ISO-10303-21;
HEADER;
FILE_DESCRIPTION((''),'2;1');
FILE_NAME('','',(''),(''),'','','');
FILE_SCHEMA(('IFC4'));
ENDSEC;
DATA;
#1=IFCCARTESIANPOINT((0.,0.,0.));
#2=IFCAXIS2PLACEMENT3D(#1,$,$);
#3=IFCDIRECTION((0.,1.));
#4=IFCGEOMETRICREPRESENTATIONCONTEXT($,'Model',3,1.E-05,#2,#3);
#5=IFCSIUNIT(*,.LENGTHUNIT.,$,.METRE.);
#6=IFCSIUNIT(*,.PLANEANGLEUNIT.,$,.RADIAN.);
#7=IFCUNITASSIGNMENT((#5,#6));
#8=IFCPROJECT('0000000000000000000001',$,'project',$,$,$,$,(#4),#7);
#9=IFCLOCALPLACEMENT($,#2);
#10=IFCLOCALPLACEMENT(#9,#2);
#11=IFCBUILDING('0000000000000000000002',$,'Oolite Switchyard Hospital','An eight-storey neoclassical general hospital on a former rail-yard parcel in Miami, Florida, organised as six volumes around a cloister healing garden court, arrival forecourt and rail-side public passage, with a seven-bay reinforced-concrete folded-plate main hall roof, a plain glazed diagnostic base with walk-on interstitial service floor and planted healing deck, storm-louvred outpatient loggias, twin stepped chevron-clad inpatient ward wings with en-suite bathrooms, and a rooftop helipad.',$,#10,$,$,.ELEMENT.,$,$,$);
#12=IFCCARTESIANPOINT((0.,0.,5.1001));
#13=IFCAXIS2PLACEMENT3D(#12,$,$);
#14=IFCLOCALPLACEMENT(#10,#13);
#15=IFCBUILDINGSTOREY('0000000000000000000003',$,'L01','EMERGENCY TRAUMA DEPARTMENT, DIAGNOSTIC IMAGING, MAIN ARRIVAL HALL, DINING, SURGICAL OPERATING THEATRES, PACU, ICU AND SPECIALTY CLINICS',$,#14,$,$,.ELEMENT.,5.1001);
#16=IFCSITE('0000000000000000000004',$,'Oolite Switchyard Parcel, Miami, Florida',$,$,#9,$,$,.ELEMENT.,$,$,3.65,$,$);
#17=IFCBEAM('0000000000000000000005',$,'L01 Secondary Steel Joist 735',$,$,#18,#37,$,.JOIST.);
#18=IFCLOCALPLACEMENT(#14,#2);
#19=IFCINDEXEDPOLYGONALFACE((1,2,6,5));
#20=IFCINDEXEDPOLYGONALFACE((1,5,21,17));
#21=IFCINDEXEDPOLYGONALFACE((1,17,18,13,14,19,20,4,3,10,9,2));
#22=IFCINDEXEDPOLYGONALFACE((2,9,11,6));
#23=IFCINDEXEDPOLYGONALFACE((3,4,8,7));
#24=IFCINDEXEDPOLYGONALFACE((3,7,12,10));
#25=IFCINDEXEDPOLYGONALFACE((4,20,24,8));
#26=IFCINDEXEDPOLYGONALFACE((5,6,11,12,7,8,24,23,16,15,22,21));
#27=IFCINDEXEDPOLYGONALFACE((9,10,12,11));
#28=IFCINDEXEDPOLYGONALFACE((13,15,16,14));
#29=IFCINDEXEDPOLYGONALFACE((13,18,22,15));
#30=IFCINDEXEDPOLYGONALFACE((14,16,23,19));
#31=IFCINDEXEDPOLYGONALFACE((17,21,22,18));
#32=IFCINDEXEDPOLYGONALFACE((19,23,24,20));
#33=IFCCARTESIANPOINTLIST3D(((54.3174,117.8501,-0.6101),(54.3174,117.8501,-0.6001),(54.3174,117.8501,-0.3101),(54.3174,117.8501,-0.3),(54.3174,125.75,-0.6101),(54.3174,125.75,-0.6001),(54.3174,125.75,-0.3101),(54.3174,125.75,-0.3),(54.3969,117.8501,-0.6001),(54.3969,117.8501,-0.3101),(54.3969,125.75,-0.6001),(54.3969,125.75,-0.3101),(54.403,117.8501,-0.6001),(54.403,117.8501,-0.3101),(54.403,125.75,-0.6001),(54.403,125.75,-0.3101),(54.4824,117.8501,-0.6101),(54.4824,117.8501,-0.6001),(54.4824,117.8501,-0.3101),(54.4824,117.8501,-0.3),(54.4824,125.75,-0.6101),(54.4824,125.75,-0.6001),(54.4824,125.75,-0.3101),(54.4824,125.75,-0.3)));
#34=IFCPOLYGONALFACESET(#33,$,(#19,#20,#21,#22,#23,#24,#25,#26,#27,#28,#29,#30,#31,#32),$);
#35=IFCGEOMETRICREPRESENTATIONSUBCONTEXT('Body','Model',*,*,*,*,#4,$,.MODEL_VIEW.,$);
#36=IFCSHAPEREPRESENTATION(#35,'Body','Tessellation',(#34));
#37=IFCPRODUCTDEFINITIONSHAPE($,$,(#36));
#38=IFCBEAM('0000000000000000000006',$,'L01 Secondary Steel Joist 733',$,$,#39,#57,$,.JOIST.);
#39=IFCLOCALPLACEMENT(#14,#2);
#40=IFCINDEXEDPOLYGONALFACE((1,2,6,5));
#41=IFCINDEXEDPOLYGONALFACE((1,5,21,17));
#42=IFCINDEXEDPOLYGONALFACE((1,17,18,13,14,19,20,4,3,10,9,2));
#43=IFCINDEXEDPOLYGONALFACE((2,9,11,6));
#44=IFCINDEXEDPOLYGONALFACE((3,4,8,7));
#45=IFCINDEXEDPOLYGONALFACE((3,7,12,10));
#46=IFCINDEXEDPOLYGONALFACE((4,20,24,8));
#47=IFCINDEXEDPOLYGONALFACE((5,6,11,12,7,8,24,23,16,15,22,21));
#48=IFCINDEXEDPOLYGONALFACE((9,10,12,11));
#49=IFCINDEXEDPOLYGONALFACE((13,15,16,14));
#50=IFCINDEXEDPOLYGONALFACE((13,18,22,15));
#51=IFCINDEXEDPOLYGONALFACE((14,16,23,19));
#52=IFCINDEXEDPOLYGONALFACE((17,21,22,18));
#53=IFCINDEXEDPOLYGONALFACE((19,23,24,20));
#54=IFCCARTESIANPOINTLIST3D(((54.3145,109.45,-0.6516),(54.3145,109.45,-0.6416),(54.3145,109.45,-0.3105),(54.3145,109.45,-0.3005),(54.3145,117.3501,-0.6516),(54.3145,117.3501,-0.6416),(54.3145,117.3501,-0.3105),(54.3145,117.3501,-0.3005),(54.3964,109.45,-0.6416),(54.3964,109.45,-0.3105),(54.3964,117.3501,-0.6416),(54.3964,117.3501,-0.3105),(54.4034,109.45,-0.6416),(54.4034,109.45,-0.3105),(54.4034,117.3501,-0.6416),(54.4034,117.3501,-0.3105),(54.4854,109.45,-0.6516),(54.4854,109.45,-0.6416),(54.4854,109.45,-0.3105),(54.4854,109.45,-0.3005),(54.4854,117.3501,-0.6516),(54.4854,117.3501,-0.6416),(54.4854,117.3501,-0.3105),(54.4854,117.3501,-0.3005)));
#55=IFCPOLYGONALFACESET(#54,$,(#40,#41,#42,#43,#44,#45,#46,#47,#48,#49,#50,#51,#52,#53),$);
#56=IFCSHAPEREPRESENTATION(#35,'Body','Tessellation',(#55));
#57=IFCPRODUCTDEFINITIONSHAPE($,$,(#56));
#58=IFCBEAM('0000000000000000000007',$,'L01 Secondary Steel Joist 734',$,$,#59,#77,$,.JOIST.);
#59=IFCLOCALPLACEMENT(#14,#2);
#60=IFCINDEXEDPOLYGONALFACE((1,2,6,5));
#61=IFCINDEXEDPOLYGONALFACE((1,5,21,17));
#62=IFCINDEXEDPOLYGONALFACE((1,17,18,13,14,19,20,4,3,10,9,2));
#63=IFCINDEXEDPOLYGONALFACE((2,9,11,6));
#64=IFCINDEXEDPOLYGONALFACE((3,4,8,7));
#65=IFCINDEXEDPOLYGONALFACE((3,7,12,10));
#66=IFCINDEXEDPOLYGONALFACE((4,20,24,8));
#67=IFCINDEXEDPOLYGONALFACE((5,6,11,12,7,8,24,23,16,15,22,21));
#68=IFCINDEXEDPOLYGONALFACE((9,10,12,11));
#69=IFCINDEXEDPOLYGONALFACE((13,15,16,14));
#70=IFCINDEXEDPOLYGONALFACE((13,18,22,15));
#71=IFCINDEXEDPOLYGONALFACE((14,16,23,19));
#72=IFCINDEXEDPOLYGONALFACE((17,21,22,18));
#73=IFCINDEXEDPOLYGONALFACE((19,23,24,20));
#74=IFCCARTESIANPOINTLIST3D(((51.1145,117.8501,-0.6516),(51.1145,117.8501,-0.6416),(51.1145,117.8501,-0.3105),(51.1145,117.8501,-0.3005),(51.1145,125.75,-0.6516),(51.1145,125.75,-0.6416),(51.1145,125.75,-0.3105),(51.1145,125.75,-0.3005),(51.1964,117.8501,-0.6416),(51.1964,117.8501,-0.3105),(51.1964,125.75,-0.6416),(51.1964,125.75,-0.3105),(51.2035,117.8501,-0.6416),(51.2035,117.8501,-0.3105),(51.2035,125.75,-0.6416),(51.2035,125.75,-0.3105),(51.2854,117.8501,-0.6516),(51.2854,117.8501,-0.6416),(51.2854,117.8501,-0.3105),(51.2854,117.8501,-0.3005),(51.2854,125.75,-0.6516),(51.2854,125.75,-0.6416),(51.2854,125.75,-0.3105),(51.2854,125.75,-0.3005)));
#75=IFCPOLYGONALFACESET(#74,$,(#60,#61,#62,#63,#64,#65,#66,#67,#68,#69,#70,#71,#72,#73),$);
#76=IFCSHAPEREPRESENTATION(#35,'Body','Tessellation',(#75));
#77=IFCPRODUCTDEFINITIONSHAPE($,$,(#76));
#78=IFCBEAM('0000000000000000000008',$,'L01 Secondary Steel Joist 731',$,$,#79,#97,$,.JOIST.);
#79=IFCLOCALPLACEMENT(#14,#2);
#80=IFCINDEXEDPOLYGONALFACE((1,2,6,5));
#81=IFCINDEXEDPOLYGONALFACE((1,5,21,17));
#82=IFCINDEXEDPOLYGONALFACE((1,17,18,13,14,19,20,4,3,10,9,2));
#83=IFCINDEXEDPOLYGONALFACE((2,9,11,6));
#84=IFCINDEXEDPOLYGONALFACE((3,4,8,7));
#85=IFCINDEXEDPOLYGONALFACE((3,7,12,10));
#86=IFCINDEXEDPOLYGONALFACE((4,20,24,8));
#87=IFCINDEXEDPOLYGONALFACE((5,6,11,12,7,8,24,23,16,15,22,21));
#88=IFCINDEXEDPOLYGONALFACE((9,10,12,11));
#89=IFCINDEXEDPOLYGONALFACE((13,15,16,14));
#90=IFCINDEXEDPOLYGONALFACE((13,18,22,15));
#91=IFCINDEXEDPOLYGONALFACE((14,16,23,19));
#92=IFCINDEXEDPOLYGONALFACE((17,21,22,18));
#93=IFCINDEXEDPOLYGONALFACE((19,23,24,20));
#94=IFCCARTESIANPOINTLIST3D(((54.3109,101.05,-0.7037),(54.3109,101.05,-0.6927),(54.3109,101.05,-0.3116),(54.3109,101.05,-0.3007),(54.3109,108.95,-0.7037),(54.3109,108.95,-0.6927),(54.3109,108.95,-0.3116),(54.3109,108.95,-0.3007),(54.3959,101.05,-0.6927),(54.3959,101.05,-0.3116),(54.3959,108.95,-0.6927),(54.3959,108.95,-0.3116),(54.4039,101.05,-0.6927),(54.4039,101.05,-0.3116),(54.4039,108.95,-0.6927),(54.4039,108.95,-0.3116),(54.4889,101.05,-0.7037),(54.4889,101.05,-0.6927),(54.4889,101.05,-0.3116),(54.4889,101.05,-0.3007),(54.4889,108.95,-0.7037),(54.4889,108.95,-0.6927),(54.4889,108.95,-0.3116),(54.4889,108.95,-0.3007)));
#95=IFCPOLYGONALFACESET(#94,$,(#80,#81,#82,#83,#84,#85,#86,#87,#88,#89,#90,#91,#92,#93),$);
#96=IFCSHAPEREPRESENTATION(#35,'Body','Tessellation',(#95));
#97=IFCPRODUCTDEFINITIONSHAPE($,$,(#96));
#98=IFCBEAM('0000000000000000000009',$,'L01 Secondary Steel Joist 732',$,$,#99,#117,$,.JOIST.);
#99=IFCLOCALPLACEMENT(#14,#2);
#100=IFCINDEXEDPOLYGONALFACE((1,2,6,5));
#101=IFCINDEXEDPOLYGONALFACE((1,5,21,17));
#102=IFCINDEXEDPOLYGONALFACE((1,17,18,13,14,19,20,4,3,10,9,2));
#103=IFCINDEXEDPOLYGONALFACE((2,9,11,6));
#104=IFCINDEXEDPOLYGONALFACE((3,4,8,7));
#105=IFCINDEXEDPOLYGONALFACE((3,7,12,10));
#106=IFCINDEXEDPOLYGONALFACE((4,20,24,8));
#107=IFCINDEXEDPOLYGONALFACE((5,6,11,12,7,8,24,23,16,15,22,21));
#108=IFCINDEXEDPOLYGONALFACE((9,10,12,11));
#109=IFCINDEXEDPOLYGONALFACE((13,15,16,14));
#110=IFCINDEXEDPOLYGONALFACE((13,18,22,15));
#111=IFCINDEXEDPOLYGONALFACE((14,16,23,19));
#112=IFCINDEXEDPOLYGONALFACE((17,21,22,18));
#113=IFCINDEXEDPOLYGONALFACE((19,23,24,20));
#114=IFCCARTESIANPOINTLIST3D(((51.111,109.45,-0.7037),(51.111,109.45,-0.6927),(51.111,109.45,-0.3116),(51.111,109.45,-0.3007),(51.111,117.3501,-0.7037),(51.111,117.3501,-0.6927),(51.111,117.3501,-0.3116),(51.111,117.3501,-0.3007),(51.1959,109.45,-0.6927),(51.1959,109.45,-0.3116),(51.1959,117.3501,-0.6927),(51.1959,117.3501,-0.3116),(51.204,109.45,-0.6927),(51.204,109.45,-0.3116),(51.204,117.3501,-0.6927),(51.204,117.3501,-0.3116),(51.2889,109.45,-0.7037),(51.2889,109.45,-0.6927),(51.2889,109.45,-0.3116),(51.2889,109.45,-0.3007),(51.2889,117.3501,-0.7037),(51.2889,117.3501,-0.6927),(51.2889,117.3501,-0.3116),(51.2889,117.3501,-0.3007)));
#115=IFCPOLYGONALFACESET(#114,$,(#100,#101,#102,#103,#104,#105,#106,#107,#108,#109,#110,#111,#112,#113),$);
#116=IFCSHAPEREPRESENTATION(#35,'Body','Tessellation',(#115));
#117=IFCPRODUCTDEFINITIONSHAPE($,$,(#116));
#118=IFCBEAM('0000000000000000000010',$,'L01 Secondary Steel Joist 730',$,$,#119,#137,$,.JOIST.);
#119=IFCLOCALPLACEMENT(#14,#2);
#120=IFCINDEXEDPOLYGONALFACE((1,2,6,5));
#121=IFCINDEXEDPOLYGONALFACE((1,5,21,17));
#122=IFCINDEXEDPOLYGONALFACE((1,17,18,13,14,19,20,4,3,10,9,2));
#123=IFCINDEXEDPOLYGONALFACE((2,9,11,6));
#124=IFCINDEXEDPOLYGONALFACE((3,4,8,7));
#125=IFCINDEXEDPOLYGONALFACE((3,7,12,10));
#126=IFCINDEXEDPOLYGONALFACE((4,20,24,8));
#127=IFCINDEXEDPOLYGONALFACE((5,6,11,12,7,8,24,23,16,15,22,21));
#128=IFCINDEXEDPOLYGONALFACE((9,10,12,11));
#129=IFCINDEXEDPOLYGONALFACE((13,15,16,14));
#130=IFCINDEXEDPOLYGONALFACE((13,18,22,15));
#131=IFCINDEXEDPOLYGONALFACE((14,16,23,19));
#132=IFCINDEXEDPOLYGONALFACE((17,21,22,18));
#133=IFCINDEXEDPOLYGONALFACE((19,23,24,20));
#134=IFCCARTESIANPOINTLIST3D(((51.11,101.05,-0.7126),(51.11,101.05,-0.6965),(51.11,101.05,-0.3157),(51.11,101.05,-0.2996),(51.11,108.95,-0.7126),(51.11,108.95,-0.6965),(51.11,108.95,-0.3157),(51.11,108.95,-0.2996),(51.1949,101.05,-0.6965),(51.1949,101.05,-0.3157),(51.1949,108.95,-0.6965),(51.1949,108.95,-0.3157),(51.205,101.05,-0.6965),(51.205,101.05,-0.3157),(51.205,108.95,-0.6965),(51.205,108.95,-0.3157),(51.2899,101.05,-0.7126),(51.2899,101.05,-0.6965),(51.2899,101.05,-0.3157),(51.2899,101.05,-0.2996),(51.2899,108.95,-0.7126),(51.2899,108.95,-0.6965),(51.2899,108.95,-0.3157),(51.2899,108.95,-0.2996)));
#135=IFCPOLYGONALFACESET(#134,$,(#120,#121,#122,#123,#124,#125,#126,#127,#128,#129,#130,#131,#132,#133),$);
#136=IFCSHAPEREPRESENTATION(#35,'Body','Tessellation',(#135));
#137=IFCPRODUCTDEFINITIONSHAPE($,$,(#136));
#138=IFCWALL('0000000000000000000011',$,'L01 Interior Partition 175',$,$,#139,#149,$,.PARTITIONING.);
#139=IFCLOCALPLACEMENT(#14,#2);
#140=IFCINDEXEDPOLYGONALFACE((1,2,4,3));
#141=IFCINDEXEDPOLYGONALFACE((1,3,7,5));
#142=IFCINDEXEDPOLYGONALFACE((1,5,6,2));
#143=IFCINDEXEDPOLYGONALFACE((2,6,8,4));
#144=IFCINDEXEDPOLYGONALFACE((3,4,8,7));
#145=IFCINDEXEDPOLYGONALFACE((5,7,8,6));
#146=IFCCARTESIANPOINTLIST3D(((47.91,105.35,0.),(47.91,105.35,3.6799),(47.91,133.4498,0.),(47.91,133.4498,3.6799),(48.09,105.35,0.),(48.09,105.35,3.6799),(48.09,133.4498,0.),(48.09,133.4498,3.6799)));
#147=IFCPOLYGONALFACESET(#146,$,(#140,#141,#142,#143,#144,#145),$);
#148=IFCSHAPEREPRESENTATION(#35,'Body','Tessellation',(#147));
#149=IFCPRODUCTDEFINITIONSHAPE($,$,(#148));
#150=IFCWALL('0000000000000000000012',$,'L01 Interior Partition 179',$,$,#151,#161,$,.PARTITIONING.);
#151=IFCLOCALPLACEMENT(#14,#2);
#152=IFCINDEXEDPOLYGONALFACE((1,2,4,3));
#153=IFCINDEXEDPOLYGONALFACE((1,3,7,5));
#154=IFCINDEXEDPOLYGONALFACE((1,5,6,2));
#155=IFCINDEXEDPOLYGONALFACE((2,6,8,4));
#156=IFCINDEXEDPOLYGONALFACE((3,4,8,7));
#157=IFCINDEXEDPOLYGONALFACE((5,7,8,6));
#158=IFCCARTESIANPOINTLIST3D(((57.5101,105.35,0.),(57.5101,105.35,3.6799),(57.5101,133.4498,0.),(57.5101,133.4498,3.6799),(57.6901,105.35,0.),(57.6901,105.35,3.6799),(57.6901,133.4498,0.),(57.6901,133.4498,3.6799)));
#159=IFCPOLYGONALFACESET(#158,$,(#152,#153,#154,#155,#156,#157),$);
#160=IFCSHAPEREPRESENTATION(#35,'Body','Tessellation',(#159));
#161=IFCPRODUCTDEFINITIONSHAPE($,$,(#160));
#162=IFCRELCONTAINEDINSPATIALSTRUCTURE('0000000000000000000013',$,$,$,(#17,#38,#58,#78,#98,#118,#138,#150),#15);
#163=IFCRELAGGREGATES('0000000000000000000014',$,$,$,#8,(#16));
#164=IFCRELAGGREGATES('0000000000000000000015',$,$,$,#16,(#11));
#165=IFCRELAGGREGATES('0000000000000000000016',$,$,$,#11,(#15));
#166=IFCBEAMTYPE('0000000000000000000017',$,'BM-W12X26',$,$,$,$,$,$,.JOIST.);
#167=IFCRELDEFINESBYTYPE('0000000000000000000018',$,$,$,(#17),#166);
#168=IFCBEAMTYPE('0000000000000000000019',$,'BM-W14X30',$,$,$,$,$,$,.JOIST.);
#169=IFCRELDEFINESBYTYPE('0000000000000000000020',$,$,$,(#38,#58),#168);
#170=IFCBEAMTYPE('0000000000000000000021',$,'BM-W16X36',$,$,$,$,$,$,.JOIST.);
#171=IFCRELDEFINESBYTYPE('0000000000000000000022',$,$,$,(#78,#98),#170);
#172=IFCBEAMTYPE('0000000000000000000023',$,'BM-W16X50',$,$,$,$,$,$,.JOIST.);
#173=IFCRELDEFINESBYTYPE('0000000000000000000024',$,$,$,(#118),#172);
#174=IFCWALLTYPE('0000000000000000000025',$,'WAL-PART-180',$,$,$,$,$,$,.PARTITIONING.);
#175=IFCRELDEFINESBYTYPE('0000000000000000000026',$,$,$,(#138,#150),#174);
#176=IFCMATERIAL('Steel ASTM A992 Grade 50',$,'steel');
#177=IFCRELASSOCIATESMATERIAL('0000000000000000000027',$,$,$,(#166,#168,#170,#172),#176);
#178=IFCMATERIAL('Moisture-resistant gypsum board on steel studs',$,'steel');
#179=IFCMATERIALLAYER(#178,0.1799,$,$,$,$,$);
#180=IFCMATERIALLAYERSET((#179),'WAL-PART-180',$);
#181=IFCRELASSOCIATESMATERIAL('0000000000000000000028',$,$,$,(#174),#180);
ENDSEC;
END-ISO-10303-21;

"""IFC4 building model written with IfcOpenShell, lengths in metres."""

from ifc_helpers import new_model, si_unit, direction, frame, frame_2d, origin, origin_2d, place, context, subcontext, project, spatial, rectangle, i_section, extrude, material, layer, layer_set, material_profile, profile_set, type_object, element, save


model = new_model("IFC4")

# Units and contexts
model_context = context("Model", 3, precision=1e-05, world=origin(), true_north=direction((0.0, 1.0)))
body_context = subcontext(model_context, "Body", "Model", "MODEL_VIEW")
ifc_project = project(units=[si_unit("LENGTHUNIT", "METRE"), si_unit("PLANEANGLEUNIT", "RADIAN")], contexts=[model_context])

# Site, building, storey
site_placement = place(None, origin())
site = spatial("IfcSite", under=ifc_project, at=site_placement, Name="Oolite Switchyard Parcel, Miami, Florida", CompositionType="ELEMENT", RefElevation=3.65)
building_placement = place(site_placement, origin())
building = spatial("IfcBuilding", under=site, at=building_placement, Name="Oolite Switchyard Hospital", Description="An eight-storey neoclassical general hospital on a former rail-yard parcel in Miami, Florida, organised as six volumes around a cloister healing garden court, arrival forecourt and rail-side public passage, with a seven-bay reinforced-concrete folded-plate main hall roof, a plain glazed diagnostic base with walk-on interstitial service floor and planted healing deck, storm-louvred outpatient loggias, twin stepped chevron-clad inpatient ward wings with en-suite bathrooms, and a rooftop helipad.", CompositionType="ELEMENT")
storey_placement = place(building_placement, frame((0.0, 0.0, 5.1001)))
storey = spatial("IfcBuildingStorey", under=building, at=storey_placement, Name="L01", Description="EMERGENCY TRAUMA DEPARTMENT, DIAGNOSTIC IMAGING, MAIN ARRIVAL HALL, DINING, SURGICAL OPERATING THEATRES, PACU, ICU AND SPECIALTY CLINICS", CompositionType="ELEMENT", Elevation=5.1001)

# Beams
ifc_material_1 = material(Name="Steel ASTM A992 Grade 50", Category="steel")
ifc_material_profile_1 = material_profile(ifc_material_1, i_section(OverallWidth=0.165, OverallDepth=0.3101, WebThickness=0.0061, FlangeThickness=0.01, at=origin_2d()), Name="W12X26")
ifc_profile_set_1 = profile_set([ifc_material_profile_1], Name="Steel ASTM A992 Grade 50")
beam_type_1 = type_object("IfcBeamType", Name="BM-W12X26", PredefinedType="JOIST", material=ifc_profile_set_1)
beam_1_placement = place(storey_placement, frame((54.3999, 117.8501, -0.4551), z_axis=(0.0, 1.0, 0.0), x_axis=(-1.0, 0.0, 0.0)))
element("IfcBeam", 1, at=beam_1_placement, inside=storey, type_object=beam_type_1, Name="L01 Secondary Steel Joist 735", PredefinedType="JOIST", context=body_context, shape_type="SweptSolid", body=[
    extrude(i_section(OverallWidth=0.165, OverallDepth=0.3101, WebThickness=0.0061, FlangeThickness=0.01, at=origin_2d()), origin(), (0.0, 0.0, 1.0), 7.8999),
])
ifc_material_profile_2 = material_profile(ifc_material_1, i_section(OverallWidth=0.1709, OverallDepth=0.3511, WebThickness=0.0071, FlangeThickness=0.01, at=origin_2d()), Name="W14X30")
ifc_profile_set_2 = profile_set([ifc_material_profile_2], Name="Steel ASTM A992 Grade 50")
beam_type_2 = type_object("IfcBeamType", Name="BM-W14X30", PredefinedType="JOIST", material=ifc_profile_set_2)
beam_2_placement = place(storey_placement, frame((54.3999, 109.45, -0.4761), z_axis=(0.0, 1.0, 0.0), x_axis=(-1.0, 0.0, 0.0)))
element("IfcBeam", 2, at=beam_2_placement, inside=storey, type_object=beam_type_2, Name="L01 Secondary Steel Joist 733", PredefinedType="JOIST", context=body_context, shape_type="SweptSolid", body=[
    extrude(i_section(OverallWidth=0.1709, OverallDepth=0.3511, WebThickness=0.0071, FlangeThickness=0.01, at=origin_2d()), origin(), (0.0, 0.0, 1.0), 7.9001),
])
beam_3_placement = place(storey_placement, frame((51.2, 117.8501, -0.4761), z_axis=(0.0, 1.0, 0.0), x_axis=(-1.0, 0.0, 0.0)))
element("IfcBeam", 3, at=beam_3_placement, inside=storey, type_object=beam_type_2, Name="L01 Secondary Steel Joist 734", PredefinedType="JOIST", context=body_context, shape_type="SweptSolid", body=[
    extrude(i_section(OverallWidth=0.1709, OverallDepth=0.3511, WebThickness=0.0071, FlangeThickness=0.01, at=origin_2d()), origin(), (0.0, 0.0, 1.0), 7.8999),
])
ifc_material_profile_3 = material_profile(ifc_material_1, i_section(OverallWidth=0.178, OverallDepth=0.4031, WebThickness=0.0081, FlangeThickness=0.011, at=origin_2d()), Name="W16X36")
ifc_profile_set_3 = profile_set([ifc_material_profile_3], Name="Steel ASTM A992 Grade 50")
beam_type_3 = type_object("IfcBeamType", Name="BM-W16X36", PredefinedType="JOIST", material=ifc_profile_set_3)
beam_4_placement = place(storey_placement, frame((54.3999, 101.05, -0.5022), z_axis=(0.0, 1.0, 0.0), x_axis=(-1.0, 0.0, 0.0)))
element("IfcBeam", 4, at=beam_4_placement, inside=storey, type_object=beam_type_3, Name="L01 Secondary Steel Joist 731", PredefinedType="JOIST", context=body_context, shape_type="SweptSolid", body=[
    extrude(i_section(OverallWidth=0.178, OverallDepth=0.4031, WebThickness=0.0081, FlangeThickness=0.011, at=origin_2d()), origin(), (0.0, 0.0, 1.0), 7.8999),
])
beam_5_placement = place(storey_placement, frame((51.2, 109.45, -0.5022), z_axis=(0.0, 1.0, 0.0), x_axis=(-1.0, 0.0, 0.0)))
element("IfcBeam", 5, at=beam_5_placement, inside=storey, type_object=beam_type_3, Name="L01 Secondary Steel Joist 732", PredefinedType="JOIST", context=body_context, shape_type="SweptSolid", body=[
    extrude(i_section(OverallWidth=0.178, OverallDepth=0.4031, WebThickness=0.0081, FlangeThickness=0.011, at=origin_2d()), origin(), (0.0, 0.0, 1.0), 7.9001),
])
ifc_material_profile_4 = material_profile(ifc_material_1, i_section(OverallWidth=0.1799, OverallDepth=0.4131, WebThickness=0.01, FlangeThickness=0.0161, at=origin_2d()), Name="W16X50")
ifc_profile_set_4 = profile_set([ifc_material_profile_4], Name="Steel ASTM A992 Grade 50")
beam_type_4 = type_object("IfcBeamType", Name="BM-W16X50", PredefinedType="JOIST", material=ifc_profile_set_4)
beam_6_placement = place(storey_placement, frame((51.2, 101.05, -0.5061), z_axis=(0.0, 1.0, 0.0), x_axis=(-1.0, 0.0, 0.0)))
element("IfcBeam", 6, at=beam_6_placement, inside=storey, type_object=beam_type_4, Name="L01 Secondary Steel Joist 730", PredefinedType="JOIST", context=body_context, shape_type="SweptSolid", body=[
    extrude(i_section(OverallWidth=0.1799, OverallDepth=0.4131, WebThickness=0.01, FlangeThickness=0.0161, at=origin_2d()), origin(), (0.0, 0.0, 1.0), 7.8999),
])

# Walls
ifc_material_2 = material(Name="Moisture-resistant gypsum board on steel studs", Category="steel")
ifc_layer_1 = layer(ifc_material_2, 0.1799)
ifc_layer_set_1 = layer_set([ifc_layer_1], Name="WAL-PART-180")
wall_type_1 = type_object("IfcWallType", Name="WAL-PART-180", PredefinedType="PARTITIONING", material=ifc_layer_set_1)
for number, where, z_axis, x_axis, name in (
    (7, (48.0, 105.3501, 0.0), (0.0, 0.0, 1.0), (0.0, 1.0, 0.0), "L01 Interior Partition 175"),
    (8, (57.6001, 105.3501, 0.0), (0.0, 0.0, 1.0), (0.0, 1.0, 0.0), "L01 Interior Partition 179"),
):
    element("IfcWall", number, at=place(storey_placement, frame(where, z_axis=z_axis, x_axis=x_axis)), inside=storey, type_object=wall_type_1, Name=name, PredefinedType="PARTITIONING", context=body_context, shape_type="SweptSolid", body=[
        extrude(rectangle(XDim=28.0999, YDim=0.1799, at=frame_2d((14.0498, 0.0))), origin(), (0.0, 0.0, 1.0), 3.6799),
    ])

save(model, "model.ifc")
